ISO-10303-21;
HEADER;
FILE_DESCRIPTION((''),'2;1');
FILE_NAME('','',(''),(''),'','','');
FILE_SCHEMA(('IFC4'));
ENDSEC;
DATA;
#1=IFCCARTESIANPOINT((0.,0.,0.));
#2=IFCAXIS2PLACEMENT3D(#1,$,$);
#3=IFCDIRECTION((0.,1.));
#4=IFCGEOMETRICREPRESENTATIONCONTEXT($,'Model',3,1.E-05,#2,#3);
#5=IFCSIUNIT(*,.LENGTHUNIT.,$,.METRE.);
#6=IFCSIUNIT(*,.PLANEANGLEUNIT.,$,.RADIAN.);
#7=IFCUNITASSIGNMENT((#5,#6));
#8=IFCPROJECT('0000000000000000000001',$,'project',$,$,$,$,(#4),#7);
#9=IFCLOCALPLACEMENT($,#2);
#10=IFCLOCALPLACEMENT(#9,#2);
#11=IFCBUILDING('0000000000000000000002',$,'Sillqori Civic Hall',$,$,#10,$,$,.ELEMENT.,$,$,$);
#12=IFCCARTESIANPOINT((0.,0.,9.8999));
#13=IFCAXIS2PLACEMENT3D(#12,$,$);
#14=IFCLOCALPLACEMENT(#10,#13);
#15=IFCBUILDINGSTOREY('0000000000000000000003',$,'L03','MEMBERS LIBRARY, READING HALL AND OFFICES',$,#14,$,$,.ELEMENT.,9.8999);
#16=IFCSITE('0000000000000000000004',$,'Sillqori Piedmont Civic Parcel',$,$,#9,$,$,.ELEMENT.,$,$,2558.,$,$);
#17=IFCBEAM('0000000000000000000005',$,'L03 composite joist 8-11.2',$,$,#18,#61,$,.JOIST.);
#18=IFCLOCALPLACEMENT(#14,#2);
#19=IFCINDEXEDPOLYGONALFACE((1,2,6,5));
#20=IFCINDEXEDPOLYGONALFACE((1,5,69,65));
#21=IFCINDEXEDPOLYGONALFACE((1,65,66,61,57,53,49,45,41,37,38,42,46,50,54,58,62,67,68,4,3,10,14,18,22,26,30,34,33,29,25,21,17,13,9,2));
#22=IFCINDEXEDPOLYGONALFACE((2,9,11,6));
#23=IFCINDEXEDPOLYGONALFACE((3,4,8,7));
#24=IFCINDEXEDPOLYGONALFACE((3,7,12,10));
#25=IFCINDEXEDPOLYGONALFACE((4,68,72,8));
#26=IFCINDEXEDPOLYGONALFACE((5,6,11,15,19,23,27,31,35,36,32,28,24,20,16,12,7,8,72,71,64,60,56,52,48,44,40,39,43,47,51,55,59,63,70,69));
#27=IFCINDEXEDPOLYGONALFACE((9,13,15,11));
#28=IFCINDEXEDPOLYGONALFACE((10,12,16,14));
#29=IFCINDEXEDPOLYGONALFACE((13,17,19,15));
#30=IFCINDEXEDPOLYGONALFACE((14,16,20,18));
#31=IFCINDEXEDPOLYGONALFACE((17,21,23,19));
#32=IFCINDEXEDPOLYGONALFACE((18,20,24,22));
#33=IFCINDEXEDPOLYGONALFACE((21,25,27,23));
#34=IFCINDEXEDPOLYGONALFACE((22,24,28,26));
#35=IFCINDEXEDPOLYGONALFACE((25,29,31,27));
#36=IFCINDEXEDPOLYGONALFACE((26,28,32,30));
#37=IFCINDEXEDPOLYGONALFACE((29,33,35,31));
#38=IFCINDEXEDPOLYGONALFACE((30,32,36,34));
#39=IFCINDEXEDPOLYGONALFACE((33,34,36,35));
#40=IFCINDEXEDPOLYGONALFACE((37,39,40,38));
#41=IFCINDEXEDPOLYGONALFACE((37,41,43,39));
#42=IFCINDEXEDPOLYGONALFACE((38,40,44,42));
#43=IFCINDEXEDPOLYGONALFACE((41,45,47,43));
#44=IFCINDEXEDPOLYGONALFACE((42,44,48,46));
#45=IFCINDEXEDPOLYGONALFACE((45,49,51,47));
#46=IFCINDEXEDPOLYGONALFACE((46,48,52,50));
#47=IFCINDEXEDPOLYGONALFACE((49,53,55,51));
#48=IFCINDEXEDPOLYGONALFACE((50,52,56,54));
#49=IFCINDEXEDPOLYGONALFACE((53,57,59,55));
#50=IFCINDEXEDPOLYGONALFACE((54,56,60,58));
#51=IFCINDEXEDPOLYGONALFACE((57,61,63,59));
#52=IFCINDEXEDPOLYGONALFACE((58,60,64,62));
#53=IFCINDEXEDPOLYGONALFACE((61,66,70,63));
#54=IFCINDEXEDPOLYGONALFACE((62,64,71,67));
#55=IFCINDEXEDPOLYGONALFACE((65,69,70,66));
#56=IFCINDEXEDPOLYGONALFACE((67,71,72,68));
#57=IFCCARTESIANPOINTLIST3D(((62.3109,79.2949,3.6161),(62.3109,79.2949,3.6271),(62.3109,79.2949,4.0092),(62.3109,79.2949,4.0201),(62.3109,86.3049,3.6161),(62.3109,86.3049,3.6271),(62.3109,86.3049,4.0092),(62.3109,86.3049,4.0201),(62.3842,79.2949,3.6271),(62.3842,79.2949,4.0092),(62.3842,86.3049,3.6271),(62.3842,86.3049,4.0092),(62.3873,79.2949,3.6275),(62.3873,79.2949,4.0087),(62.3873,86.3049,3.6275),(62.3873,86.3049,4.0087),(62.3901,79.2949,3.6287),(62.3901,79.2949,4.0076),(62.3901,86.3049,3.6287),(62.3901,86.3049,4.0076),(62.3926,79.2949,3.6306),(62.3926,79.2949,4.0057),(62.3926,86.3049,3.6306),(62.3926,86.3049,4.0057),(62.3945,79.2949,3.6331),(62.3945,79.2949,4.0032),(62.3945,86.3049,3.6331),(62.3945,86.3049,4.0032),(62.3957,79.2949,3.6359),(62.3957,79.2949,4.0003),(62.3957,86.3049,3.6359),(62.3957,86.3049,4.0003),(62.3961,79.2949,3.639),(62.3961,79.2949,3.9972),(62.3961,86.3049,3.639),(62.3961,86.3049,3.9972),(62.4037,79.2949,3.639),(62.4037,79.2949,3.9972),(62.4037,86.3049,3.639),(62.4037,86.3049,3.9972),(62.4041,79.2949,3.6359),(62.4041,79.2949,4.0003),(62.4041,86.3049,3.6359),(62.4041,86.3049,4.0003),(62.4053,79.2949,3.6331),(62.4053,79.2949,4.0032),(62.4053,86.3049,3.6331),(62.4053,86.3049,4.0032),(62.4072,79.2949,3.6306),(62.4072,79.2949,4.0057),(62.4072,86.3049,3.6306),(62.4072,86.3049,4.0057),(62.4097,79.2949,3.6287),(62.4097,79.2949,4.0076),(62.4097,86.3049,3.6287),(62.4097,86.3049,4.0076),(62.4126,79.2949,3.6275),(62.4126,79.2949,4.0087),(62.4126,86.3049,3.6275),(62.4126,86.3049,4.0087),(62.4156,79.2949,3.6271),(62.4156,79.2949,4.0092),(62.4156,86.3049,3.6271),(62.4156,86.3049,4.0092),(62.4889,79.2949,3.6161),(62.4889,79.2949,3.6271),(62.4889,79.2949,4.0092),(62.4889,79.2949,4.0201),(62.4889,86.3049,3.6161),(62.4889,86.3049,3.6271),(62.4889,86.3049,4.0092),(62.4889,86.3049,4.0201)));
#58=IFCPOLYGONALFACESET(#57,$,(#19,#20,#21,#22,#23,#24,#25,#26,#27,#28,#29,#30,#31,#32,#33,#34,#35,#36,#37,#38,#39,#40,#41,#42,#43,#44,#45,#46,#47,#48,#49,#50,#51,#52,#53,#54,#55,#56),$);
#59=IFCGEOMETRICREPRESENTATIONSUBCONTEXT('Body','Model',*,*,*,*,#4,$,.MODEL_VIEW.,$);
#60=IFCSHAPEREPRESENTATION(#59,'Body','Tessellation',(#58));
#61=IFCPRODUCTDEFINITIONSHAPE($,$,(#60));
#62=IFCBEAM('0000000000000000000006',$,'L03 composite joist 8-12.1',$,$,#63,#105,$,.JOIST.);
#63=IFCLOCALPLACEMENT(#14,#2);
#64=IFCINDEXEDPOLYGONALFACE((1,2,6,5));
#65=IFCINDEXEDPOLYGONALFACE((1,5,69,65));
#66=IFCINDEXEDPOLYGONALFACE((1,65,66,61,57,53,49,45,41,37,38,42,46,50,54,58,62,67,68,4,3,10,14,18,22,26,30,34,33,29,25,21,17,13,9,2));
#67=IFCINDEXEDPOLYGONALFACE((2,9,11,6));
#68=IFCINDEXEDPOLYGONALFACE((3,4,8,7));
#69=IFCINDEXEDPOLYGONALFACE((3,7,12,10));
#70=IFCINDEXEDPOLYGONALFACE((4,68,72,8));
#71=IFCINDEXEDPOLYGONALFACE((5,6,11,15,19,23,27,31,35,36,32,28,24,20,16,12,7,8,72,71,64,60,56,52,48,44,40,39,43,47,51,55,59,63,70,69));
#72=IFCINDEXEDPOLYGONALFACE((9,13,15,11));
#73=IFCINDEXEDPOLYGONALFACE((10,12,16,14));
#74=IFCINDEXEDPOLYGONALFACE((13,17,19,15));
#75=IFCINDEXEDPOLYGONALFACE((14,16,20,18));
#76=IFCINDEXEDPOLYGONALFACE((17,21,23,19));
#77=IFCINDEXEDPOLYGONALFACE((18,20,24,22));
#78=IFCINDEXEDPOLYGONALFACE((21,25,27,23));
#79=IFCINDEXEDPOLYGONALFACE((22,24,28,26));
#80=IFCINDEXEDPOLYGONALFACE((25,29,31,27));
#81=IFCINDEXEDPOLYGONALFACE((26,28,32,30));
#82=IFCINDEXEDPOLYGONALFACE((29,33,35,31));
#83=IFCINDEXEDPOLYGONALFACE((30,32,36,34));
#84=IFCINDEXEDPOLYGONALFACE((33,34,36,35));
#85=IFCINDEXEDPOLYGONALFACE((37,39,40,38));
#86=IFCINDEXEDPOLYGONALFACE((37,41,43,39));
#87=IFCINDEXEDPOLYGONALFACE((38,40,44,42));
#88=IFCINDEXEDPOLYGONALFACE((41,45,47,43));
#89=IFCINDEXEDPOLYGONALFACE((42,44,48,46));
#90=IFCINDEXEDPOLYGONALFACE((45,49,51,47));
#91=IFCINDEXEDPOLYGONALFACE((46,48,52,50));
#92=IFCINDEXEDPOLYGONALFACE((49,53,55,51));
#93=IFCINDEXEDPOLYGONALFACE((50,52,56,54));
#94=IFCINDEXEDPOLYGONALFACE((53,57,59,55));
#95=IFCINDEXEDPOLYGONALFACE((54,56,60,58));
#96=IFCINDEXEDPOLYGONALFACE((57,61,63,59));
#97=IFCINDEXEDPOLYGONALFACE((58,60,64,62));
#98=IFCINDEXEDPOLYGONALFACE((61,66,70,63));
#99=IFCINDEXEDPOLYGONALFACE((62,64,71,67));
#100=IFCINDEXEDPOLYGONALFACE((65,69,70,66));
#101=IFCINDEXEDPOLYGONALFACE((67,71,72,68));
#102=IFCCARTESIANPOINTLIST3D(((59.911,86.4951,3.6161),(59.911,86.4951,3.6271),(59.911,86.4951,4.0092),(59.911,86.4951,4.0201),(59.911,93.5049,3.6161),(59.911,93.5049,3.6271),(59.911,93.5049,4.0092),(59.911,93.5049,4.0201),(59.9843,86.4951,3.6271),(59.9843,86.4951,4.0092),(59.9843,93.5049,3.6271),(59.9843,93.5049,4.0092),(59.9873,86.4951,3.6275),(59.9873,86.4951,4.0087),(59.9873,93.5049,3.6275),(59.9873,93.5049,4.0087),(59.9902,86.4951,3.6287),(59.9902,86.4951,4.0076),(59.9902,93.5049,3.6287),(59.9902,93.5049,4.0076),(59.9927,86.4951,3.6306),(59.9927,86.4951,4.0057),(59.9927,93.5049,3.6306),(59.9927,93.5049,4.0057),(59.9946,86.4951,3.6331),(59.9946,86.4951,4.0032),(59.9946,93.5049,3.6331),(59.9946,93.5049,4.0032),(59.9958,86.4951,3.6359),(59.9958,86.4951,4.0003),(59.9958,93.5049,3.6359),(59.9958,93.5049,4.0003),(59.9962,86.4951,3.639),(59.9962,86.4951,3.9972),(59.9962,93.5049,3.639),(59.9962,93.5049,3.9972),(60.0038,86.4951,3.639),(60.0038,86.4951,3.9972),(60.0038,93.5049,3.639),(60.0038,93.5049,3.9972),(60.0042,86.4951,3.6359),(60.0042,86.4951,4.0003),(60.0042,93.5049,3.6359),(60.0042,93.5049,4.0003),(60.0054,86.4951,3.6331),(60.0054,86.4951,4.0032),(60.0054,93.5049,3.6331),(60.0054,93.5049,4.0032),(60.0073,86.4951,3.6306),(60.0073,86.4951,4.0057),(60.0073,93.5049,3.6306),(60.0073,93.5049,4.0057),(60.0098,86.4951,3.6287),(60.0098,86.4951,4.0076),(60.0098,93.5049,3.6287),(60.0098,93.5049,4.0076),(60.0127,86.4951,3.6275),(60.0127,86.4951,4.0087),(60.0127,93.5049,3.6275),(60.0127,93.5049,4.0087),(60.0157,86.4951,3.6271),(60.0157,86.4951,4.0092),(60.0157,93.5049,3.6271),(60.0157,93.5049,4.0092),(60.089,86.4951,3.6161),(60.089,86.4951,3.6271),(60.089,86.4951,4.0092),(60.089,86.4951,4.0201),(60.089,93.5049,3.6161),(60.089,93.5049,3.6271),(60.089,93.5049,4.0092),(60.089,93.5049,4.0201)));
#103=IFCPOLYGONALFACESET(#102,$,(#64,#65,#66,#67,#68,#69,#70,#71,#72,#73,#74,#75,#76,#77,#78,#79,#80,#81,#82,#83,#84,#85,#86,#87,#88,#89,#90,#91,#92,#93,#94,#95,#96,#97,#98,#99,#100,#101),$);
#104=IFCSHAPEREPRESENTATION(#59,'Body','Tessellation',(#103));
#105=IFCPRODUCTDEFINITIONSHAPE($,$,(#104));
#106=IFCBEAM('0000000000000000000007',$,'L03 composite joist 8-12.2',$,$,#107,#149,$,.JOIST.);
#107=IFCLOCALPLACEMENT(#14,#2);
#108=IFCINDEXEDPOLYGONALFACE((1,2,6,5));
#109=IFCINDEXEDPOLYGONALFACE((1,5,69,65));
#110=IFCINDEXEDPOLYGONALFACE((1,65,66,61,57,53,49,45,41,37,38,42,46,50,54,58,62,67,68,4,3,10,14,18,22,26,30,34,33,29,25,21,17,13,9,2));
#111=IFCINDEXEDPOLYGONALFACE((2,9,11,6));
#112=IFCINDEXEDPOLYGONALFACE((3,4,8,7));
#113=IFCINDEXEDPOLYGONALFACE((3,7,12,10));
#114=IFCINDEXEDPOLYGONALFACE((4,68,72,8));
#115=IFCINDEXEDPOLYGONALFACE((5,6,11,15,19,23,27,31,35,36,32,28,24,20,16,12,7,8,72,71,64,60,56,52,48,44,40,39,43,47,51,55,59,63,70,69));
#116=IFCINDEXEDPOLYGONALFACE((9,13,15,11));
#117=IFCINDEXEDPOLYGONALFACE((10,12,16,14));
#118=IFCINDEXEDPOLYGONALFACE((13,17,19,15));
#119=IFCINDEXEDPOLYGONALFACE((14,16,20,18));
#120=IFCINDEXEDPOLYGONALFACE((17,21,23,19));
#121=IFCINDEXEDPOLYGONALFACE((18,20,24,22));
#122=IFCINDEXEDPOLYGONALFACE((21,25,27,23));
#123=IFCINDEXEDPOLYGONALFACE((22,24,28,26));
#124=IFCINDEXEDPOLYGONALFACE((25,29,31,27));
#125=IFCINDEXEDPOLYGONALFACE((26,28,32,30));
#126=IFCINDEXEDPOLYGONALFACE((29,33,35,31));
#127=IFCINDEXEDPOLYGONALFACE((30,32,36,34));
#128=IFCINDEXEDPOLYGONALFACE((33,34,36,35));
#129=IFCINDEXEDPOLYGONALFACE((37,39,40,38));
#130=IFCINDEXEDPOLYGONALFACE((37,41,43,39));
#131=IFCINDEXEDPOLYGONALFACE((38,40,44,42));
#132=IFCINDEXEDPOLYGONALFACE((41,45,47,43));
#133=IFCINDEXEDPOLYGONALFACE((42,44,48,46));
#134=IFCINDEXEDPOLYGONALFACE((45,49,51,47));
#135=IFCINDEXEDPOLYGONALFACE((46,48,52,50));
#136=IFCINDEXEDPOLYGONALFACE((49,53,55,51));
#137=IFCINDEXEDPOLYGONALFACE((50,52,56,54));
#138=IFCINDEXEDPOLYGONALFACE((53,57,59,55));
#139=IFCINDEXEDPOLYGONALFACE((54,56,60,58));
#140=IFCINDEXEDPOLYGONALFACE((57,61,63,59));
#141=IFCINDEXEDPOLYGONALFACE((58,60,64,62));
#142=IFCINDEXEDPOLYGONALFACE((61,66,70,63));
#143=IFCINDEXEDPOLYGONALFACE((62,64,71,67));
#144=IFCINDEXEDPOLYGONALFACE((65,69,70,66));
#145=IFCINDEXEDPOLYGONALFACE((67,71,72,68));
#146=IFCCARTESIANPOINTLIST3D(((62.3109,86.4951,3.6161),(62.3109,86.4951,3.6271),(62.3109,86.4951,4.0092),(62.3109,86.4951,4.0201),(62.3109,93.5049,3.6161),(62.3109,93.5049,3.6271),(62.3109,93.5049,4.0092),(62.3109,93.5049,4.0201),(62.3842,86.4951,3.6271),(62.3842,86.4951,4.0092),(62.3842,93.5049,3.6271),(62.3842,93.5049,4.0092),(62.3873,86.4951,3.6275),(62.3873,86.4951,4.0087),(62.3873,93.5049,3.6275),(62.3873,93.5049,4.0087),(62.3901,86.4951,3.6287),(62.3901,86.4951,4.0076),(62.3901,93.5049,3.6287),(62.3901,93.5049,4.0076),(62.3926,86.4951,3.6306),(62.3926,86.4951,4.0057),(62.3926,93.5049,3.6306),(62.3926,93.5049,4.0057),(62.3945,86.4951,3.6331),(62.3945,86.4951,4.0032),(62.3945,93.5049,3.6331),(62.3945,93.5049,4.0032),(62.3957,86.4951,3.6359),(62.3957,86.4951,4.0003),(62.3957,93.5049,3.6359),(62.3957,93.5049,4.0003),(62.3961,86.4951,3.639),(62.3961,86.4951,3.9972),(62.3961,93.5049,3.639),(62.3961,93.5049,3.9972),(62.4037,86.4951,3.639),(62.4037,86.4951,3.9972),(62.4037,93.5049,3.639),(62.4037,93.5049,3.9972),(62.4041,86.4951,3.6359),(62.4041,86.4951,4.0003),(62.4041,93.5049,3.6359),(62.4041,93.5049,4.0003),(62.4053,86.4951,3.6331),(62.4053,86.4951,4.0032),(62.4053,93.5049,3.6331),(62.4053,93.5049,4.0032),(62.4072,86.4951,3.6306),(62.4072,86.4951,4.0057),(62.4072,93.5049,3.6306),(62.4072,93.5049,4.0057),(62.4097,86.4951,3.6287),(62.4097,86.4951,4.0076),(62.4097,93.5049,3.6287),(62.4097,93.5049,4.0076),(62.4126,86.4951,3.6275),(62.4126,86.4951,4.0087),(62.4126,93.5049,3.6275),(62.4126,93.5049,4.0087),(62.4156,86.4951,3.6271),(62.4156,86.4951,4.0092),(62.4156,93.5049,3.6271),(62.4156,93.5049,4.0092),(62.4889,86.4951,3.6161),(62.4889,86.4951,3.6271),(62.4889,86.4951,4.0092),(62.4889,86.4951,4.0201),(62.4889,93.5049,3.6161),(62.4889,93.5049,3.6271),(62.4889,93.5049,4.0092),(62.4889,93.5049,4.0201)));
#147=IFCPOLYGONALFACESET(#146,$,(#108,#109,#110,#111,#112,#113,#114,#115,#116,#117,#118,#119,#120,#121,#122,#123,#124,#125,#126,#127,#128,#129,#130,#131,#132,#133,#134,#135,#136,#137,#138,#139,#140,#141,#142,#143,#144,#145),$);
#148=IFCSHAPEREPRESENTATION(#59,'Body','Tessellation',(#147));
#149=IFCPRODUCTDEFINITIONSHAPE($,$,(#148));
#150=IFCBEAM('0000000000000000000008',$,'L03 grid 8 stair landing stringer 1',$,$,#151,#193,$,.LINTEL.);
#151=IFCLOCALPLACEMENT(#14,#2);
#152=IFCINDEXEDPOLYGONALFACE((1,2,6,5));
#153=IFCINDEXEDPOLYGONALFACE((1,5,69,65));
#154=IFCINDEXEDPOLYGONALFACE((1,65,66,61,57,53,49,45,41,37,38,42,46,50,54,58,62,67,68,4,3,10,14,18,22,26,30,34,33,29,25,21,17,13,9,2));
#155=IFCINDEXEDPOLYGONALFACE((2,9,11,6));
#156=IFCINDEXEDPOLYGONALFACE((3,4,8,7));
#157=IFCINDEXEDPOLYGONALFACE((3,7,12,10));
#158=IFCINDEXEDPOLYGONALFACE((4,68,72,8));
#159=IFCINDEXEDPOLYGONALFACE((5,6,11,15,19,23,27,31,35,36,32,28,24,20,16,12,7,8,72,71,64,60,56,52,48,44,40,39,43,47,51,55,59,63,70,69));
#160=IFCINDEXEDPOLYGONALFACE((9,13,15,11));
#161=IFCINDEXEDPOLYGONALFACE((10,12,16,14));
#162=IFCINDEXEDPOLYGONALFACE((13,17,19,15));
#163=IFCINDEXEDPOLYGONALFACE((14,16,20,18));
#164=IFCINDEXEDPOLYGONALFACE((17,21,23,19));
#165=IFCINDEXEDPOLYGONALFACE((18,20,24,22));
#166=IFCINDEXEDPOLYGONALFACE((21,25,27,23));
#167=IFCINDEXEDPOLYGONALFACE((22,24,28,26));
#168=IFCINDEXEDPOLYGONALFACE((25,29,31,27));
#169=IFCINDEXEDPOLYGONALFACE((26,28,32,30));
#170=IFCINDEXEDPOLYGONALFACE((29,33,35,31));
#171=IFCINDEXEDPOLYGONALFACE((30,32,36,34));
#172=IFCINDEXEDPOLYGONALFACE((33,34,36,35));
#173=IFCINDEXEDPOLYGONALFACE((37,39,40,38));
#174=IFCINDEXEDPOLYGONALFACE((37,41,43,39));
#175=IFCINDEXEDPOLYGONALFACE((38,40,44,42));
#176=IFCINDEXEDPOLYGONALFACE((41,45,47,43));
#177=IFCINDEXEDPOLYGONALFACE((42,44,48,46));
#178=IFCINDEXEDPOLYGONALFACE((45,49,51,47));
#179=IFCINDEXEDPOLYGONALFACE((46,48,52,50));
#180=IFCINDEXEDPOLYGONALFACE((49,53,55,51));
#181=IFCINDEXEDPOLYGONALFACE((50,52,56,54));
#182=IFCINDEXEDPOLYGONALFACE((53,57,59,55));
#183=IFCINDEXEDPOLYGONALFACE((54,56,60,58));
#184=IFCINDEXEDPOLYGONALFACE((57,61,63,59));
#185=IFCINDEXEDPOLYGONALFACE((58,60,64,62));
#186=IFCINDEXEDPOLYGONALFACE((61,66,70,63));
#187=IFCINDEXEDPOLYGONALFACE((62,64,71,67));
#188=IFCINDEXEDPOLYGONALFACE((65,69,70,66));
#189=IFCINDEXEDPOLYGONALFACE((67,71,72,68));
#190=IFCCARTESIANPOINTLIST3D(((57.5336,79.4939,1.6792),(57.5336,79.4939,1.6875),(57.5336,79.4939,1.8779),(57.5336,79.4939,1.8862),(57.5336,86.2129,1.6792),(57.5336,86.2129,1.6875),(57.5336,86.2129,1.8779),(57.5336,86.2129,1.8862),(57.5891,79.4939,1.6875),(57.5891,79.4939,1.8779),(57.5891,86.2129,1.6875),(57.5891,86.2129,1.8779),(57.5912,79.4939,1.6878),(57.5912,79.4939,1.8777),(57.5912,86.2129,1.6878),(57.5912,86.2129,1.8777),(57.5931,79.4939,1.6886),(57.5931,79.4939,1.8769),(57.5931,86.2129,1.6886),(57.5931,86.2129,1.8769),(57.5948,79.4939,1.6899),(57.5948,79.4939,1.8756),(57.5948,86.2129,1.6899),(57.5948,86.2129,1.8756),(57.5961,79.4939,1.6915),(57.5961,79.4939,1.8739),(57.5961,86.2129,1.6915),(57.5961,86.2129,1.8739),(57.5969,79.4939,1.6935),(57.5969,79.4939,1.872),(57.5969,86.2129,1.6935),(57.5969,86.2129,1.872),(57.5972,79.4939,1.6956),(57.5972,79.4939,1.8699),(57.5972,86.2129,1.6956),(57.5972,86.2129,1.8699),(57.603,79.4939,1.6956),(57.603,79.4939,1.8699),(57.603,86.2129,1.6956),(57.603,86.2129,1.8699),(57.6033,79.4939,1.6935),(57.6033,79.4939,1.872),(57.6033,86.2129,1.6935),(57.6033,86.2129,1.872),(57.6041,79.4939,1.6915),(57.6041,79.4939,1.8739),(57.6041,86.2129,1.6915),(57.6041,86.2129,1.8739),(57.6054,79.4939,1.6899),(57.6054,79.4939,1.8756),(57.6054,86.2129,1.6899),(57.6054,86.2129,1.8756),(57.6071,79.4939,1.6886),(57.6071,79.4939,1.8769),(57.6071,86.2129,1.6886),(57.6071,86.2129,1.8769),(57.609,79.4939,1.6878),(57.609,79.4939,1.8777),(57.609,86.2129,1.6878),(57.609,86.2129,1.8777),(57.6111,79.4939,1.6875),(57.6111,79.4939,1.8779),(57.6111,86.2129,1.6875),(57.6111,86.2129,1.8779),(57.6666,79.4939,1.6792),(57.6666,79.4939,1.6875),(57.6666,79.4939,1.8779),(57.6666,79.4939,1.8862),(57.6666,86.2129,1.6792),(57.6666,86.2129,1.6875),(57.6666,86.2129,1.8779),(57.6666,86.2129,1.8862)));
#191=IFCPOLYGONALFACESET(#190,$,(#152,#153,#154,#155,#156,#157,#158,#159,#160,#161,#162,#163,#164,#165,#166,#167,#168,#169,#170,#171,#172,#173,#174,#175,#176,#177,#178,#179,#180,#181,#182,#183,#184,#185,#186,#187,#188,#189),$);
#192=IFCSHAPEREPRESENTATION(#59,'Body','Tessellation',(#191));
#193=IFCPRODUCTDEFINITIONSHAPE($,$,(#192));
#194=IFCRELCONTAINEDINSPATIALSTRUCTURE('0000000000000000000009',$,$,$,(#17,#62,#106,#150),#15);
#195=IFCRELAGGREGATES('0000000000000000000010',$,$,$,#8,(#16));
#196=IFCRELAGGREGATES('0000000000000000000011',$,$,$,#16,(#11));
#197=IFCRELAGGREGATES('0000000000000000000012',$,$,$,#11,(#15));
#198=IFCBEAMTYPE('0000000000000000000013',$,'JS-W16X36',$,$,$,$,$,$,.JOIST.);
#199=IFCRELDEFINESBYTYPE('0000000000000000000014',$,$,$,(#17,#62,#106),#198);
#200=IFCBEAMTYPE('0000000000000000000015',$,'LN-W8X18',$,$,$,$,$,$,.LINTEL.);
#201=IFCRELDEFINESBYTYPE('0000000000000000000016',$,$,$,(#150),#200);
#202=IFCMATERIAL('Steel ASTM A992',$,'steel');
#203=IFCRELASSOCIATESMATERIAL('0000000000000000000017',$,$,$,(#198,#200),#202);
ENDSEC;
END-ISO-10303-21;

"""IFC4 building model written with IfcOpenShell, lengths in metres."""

from ifc_helpers import new_model, si_unit, direction, frame, origin, origin_2d, place, context, subcontext, project, spatial, i_section, extrude, material, material_profile, profile_set, type_object, element, save


model = new_model("IFC4")

# Units and contexts
model_context = context("Model", 3, precision=1e-05, world=origin(), true_north=direction((0.0, 1.0)))
body_context = subcontext(model_context, "Body", "Model", "MODEL_VIEW")
ifc_project = project(units=[si_unit("LENGTHUNIT", "METRE"), si_unit("PLANEANGLEUNIT", "RADIAN")], contexts=[model_context])

# Site, building, storey
site_placement = place(None, origin())
site = spatial("IfcSite", under=ifc_project, at=site_placement, Name="Sillqori Piedmont Civic Parcel", CompositionType="ELEMENT", RefElevation=2558.0)
building_placement = place(site_placement, origin())
building = spatial("IfcBuilding", under=site, at=building_placement, Name="Sillqori Civic Hall", CompositionType="ELEMENT")
storey_placement = place(building_placement, frame((0.0, 0.0, 9.8999)))
storey = spatial("IfcBuildingStorey", under=building, at=storey_placement, Name="L03", Description="MEMBERS LIBRARY, READING HALL AND OFFICES", CompositionType="ELEMENT", Elevation=9.8999)

# Shared definitions
ifc_material_1 = material(Name="Steel ASTM A992", Category="steel")

# Beams
ifc_material_profile_1 = material_profile(ifc_material_1, i_section(OverallWidth=0.178, OverallDepth=0.4041, WebThickness=0.0076, FlangeThickness=0.011, FilletRadius=0.012, at=origin_2d()), Name="W16X36")
ifc_profile_set_1 = profile_set([ifc_material_profile_1], Name="Steel ASTM A992")
beam_type_1 = type_object("IfcBeamType", Name="JS-W16X36", PredefinedType="JOIST", material=ifc_profile_set_1)
for number, where, z_axis, x_axis, name in (
    (1, (62.3999, 79.2949, 3.8181), (0.0, 1.0, 0.0), (-1.0, 0.0, 0.0), "L03 composite joist 8-11.2"),
):
    element("IfcBeam", number, at=place(storey_placement, frame(where, z_axis=z_axis, x_axis=x_axis)), inside=storey, type_object=beam_type_1, Name=name, PredefinedType="JOIST", context=body_context, shape_type="SweptSolid", body=[
        extrude(i_section(OverallWidth=0.178, OverallDepth=0.4041, WebThickness=0.0076, FlangeThickness=0.011, FilletRadius=0.012, at=origin_2d()), origin(), (0.0, 0.0, 1.0), 7.01),
    ])
for number, where, z_axis, x_axis, name in (
    (2, (60.0, 86.4951, 3.8181), (0.0, 1.0, 0.0), (-1.0, 0.0, 0.0), "L03 composite joist 8-12.1"),
    (3, (62.3999, 86.4951, 3.8181), (0.0, 1.0, 0.0), (-1.0, 0.0, 0.0), "L03 composite joist 8-12.2"),
):
    element("IfcBeam", number, at=place(storey_placement, frame(where, z_axis=z_axis, x_axis=x_axis)), inside=storey, type_object=beam_type_1, Name=name, PredefinedType="JOIST", context=body_context, shape_type="SweptSolid", body=[
        extrude(i_section(OverallWidth=0.178, OverallDepth=0.4041, WebThickness=0.0076, FlangeThickness=0.011, FilletRadius=0.012, at=origin_2d()), origin(), (0.0, 0.0, 1.0), 7.0098),
    ])
ifc_material_profile_2 = material_profile(ifc_material_1, i_section(OverallWidth=0.1331, OverallDepth=0.207, WebThickness=0.0059, FlangeThickness=0.0083, FilletRadius=0.0081, at=origin_2d()), Name="W8X18")
ifc_profile_set_2 = profile_set([ifc_material_profile_2], Name="Steel ASTM A992")
beam_type_2 = type_object("IfcBeamType", Name="LN-W8X18", PredefinedType="LINTEL", material=ifc_profile_set_2)
for number, where, z_axis, x_axis, name in (
    (4, (57.6001, 79.4939, 1.7827), (0.0, 1.0, 0.0), (-1.0, 0.0, 0.0), "L03 grid 8 stair landing stringer 1"),
):
    element("IfcBeam", number, at=place(storey_placement, frame(where, z_axis=z_axis, x_axis=x_axis)), inside=storey, type_object=beam_type_2, Name=name, PredefinedType="LINTEL", context=body_context, shape_type="SweptSolid", body=[
        extrude(i_section(OverallWidth=0.1331, OverallDepth=0.207, WebThickness=0.0059, FlangeThickness=0.0083, FilletRadius=0.0081, at=origin_2d()), origin(), (0.0, 0.0, 1.0), 6.719),
    ])

save(model, "model.ifc")
